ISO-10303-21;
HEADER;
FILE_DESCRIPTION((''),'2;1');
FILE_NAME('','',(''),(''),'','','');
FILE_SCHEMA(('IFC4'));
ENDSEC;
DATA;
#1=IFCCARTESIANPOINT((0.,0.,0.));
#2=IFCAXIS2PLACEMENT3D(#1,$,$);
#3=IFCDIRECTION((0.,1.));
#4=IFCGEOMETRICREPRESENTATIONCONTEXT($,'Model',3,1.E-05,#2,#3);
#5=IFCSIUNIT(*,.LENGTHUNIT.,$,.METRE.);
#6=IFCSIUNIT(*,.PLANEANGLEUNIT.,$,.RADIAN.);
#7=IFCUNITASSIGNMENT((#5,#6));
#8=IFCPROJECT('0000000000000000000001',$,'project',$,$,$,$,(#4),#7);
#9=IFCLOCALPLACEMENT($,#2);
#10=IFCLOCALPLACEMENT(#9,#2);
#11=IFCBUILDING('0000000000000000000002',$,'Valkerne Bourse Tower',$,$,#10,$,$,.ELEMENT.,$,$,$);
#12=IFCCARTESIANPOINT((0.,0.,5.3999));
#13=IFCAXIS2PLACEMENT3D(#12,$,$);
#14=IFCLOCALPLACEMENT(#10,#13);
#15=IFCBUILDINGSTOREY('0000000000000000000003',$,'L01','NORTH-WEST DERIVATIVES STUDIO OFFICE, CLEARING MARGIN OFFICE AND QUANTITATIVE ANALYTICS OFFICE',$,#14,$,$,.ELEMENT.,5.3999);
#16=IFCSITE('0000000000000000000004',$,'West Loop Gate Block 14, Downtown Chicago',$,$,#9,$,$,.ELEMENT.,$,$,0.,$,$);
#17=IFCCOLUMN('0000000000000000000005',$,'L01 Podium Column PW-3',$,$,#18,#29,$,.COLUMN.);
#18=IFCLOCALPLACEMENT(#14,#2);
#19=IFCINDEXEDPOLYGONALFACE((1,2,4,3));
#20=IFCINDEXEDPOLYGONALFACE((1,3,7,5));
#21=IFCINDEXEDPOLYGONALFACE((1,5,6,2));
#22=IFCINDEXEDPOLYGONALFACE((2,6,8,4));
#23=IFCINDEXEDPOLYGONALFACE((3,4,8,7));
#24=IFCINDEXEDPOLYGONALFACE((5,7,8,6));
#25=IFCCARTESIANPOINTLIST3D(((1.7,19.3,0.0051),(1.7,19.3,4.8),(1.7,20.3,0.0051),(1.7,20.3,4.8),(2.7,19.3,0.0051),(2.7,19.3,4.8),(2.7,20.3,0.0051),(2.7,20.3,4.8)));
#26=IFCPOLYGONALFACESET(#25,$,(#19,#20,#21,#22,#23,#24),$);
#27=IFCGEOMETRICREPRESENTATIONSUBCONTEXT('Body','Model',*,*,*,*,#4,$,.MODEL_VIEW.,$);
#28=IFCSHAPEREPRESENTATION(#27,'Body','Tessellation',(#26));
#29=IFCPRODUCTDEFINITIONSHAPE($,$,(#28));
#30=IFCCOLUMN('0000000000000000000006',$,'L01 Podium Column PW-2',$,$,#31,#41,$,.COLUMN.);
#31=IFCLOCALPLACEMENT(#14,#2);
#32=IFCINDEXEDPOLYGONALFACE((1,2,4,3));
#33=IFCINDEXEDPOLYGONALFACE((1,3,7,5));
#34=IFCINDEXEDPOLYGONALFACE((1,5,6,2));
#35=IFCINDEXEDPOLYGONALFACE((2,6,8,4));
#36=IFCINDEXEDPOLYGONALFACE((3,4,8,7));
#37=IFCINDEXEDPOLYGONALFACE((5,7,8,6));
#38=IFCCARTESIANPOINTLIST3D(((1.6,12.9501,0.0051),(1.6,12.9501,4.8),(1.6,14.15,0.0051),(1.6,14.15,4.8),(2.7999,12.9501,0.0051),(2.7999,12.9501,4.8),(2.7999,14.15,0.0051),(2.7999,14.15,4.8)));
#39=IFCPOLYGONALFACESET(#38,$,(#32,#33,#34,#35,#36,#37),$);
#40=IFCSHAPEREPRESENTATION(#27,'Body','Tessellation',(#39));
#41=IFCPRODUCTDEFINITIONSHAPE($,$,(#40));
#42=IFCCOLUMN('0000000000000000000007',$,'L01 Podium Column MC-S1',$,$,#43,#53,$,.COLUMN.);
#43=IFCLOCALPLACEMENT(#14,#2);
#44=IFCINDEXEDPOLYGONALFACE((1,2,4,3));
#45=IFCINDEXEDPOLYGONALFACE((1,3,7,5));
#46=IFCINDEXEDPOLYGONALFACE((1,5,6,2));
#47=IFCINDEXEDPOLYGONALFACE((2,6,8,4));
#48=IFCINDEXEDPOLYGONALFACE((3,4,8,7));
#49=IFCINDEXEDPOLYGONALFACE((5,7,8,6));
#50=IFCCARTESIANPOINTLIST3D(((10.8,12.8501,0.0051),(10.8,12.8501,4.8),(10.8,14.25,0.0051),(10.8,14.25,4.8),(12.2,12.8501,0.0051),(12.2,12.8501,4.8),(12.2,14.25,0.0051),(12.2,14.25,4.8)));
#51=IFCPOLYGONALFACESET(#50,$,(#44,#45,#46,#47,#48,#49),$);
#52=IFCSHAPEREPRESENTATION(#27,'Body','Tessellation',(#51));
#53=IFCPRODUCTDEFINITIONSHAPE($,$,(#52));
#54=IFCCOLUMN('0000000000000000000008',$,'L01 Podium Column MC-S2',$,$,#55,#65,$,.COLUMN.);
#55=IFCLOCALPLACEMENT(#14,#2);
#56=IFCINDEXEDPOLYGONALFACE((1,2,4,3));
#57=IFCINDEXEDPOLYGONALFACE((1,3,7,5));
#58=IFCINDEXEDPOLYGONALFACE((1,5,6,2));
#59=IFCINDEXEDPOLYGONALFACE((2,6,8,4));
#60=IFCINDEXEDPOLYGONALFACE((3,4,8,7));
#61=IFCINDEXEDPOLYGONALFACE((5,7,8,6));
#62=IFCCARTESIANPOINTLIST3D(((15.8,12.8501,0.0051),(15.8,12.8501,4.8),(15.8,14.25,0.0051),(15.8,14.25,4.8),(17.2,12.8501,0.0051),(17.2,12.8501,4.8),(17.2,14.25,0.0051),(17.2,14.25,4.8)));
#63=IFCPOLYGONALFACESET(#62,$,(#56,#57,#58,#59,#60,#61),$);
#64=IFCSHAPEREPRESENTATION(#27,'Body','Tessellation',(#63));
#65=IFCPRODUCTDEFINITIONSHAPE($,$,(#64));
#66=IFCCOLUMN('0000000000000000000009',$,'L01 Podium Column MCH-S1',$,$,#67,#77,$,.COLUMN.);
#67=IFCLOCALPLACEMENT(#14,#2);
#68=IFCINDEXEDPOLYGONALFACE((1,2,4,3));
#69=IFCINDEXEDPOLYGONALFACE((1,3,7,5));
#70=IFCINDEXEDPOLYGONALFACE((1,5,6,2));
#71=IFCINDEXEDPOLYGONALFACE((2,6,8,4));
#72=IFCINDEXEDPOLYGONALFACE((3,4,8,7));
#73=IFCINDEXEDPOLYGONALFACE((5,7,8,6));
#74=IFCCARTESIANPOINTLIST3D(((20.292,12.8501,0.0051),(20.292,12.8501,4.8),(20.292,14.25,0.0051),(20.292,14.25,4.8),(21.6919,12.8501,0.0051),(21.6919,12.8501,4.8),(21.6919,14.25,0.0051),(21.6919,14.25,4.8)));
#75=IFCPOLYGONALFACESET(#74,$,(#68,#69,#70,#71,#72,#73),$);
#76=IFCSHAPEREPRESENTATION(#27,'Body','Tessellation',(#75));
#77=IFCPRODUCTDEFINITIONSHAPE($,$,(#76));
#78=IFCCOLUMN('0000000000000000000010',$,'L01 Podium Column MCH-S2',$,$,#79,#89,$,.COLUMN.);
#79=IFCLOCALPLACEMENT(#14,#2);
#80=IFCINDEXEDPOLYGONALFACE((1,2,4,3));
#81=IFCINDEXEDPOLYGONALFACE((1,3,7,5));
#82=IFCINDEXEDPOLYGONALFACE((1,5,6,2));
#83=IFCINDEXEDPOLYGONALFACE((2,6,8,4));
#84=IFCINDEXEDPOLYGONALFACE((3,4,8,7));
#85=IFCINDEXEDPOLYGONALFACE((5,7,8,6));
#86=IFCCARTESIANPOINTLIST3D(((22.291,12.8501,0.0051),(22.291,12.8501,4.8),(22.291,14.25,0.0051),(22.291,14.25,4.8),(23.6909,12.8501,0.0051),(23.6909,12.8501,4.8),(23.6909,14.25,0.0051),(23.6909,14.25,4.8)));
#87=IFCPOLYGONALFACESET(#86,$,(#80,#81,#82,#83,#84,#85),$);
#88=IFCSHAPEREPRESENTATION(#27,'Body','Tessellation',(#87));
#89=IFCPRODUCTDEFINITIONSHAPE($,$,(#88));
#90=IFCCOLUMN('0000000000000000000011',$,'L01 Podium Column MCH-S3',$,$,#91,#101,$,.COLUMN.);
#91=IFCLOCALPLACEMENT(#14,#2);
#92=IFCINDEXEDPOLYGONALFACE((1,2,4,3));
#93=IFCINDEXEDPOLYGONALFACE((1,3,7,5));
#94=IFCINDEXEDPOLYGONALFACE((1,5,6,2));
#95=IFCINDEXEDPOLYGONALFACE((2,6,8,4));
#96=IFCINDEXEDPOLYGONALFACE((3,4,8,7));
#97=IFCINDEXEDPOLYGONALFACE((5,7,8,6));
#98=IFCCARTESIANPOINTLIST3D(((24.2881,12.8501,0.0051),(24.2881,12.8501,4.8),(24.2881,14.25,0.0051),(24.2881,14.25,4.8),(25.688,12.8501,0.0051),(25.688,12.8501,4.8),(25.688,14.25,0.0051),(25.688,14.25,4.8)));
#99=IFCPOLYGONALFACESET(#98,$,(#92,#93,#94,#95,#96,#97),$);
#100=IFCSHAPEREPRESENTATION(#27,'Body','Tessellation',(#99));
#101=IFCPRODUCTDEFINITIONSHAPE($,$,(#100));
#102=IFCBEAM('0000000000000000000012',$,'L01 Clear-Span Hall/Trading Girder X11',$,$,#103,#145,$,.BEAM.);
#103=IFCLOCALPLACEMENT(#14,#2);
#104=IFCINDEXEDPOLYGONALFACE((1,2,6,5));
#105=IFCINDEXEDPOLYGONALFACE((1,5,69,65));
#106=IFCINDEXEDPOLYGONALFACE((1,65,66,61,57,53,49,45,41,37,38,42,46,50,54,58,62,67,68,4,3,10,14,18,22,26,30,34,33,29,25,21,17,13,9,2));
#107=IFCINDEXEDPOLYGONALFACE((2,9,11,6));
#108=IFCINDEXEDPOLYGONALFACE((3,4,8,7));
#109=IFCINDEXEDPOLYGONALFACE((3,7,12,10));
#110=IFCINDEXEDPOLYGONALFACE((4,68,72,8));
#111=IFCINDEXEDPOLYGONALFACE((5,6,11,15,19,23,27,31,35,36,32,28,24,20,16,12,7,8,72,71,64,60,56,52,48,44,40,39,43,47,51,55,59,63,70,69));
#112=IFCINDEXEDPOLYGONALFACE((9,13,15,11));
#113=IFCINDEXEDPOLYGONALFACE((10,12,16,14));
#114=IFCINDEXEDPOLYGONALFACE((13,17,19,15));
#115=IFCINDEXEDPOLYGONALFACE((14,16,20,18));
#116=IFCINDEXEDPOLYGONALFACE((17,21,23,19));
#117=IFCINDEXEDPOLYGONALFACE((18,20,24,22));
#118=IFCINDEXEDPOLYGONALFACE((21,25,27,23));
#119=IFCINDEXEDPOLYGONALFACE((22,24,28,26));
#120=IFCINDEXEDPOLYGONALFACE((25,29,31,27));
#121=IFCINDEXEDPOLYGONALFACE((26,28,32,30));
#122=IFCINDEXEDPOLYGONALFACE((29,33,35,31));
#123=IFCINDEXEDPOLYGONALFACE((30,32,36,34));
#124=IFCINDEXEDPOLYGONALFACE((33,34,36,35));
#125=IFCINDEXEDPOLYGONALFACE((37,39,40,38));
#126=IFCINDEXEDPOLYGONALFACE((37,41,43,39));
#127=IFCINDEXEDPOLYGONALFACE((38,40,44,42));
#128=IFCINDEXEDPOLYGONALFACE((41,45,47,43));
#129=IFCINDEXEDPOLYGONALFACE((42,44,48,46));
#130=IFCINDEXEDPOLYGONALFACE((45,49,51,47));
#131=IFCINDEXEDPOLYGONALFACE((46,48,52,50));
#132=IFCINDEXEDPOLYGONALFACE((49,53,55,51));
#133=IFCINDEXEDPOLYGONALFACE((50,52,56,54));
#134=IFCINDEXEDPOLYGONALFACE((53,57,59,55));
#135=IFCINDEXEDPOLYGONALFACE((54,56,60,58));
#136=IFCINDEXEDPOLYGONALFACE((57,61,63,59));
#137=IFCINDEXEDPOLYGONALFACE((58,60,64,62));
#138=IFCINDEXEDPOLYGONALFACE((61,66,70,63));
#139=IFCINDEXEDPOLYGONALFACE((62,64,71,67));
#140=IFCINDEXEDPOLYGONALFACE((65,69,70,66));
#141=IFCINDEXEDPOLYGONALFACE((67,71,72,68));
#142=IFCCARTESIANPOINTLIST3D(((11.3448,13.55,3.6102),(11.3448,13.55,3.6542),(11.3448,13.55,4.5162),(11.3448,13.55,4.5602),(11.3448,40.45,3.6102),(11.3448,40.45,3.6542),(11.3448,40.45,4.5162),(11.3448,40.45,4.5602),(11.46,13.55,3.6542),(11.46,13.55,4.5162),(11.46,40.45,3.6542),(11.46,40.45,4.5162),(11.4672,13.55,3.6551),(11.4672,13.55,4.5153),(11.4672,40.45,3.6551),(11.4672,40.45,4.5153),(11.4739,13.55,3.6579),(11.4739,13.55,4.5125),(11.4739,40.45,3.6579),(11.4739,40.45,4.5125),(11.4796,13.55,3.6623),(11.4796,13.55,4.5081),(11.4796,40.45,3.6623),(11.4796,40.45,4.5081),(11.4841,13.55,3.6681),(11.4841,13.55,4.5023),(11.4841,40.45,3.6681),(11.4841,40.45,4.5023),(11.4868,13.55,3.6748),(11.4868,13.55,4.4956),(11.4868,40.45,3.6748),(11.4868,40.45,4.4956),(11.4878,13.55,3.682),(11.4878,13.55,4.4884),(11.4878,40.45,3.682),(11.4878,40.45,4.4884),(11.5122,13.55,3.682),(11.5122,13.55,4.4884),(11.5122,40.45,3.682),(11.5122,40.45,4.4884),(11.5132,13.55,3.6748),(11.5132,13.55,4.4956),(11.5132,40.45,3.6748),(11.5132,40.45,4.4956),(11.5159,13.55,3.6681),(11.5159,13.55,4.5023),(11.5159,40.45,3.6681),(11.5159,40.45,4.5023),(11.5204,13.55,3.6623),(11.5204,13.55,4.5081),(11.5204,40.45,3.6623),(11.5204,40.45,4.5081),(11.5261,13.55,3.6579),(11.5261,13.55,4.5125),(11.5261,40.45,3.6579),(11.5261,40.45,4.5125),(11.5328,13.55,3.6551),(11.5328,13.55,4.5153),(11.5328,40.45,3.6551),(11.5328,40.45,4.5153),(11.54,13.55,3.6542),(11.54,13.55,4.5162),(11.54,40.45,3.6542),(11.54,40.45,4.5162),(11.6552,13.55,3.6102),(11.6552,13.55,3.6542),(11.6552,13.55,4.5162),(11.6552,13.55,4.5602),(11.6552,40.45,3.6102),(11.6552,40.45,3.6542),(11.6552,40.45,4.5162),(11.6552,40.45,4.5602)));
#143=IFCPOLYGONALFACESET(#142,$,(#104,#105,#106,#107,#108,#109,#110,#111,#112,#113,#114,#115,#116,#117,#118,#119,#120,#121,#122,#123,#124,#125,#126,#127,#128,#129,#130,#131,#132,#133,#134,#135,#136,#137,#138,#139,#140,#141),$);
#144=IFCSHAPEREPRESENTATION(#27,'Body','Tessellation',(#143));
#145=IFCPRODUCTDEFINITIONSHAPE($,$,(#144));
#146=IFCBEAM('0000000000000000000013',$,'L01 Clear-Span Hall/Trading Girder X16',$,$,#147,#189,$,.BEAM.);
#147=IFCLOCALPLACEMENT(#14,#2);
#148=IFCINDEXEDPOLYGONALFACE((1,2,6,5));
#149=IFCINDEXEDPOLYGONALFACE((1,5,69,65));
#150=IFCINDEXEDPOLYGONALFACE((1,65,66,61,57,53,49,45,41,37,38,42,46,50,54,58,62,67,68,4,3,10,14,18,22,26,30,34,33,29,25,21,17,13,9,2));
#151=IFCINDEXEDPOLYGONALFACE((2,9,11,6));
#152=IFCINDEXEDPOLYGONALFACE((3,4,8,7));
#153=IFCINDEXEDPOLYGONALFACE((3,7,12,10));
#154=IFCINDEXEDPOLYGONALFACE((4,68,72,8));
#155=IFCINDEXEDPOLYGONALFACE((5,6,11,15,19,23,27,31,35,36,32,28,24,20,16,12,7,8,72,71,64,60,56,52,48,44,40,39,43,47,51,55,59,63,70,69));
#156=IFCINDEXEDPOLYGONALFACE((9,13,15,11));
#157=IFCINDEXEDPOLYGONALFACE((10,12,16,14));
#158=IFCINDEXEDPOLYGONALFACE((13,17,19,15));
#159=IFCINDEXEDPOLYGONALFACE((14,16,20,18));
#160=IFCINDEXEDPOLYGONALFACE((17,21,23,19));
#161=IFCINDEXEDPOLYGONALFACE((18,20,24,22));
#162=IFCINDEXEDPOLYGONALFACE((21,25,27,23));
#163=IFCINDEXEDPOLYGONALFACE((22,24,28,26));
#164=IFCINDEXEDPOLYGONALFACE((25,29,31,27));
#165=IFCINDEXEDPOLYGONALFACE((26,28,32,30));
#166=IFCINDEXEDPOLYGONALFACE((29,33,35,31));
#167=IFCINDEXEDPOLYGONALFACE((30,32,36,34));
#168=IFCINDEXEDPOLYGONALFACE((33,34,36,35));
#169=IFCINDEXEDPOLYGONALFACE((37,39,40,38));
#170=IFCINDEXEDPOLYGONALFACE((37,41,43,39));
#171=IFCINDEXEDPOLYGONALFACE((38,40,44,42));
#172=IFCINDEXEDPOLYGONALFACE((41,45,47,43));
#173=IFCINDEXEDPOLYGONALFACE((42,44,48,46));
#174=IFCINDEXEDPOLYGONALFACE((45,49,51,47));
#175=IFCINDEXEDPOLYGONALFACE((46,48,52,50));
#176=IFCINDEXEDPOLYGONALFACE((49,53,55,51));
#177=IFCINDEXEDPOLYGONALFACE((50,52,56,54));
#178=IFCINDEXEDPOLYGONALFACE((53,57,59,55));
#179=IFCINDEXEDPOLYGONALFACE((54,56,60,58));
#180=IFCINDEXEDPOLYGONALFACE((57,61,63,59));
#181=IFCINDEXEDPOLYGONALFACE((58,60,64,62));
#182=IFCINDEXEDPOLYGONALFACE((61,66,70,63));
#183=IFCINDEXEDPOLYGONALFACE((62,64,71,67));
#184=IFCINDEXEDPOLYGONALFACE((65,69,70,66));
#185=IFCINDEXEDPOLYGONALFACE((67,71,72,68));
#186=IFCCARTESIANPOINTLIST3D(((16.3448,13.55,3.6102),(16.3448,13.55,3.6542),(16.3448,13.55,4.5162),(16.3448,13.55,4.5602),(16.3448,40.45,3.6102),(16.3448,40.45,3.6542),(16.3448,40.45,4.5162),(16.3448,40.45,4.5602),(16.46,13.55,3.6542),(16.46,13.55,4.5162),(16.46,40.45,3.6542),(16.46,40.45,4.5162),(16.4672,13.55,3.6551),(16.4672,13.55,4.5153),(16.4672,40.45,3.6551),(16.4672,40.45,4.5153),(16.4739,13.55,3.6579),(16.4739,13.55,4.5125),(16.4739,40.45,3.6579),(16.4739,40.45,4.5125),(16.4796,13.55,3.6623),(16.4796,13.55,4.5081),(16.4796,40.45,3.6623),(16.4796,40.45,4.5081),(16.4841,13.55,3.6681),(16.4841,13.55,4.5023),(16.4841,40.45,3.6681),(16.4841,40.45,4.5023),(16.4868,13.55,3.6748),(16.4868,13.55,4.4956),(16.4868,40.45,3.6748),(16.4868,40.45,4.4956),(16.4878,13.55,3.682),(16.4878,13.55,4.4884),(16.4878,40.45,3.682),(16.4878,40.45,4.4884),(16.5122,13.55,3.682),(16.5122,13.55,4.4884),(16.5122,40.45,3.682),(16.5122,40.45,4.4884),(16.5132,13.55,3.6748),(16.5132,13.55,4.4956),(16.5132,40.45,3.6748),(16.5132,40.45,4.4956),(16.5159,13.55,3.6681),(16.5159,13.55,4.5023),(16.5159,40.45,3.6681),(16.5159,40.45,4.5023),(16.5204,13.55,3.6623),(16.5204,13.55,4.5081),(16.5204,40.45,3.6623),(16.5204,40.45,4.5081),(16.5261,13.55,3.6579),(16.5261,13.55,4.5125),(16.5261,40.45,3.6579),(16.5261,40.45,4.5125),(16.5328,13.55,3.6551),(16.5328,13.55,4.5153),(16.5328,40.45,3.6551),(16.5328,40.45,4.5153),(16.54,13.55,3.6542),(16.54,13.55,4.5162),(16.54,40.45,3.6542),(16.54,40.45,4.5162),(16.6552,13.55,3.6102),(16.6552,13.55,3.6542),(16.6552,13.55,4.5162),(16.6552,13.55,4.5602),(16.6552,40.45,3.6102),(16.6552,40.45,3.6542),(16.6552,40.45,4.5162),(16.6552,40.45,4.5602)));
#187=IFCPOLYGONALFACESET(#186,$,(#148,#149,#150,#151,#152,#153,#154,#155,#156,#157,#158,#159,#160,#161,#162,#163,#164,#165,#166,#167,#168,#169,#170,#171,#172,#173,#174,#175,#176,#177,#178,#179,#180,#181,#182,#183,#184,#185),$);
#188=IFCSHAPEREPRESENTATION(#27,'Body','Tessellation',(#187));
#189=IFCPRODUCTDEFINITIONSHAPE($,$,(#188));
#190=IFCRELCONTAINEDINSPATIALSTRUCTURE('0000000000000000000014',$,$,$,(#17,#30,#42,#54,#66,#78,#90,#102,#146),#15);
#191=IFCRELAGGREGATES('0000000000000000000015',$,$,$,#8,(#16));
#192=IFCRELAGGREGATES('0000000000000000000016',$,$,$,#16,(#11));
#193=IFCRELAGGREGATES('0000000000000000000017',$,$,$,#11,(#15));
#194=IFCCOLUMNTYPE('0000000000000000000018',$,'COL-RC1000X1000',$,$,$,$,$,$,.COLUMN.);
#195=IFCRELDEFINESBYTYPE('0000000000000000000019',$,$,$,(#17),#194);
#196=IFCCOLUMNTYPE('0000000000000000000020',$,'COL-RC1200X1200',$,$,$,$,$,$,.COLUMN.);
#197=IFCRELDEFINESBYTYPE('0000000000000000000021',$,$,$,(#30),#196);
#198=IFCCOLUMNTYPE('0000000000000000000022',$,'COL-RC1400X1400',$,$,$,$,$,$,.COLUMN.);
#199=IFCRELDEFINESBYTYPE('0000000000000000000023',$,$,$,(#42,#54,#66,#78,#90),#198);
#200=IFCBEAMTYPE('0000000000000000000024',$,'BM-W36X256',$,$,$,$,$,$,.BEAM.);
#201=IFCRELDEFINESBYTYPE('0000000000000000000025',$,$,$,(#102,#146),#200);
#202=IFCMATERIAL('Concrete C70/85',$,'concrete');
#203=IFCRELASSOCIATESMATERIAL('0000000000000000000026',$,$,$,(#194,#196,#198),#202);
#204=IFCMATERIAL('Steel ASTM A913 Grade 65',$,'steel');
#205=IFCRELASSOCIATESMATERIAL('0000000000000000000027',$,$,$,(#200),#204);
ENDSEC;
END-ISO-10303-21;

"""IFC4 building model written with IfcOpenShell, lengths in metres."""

from ifc_helpers import new_model, si_unit, direction, frame, origin, origin_2d, place, context, subcontext, project, spatial, rectangle, i_section, extrude, material, material_profile, profile_set, type_object, element, save


model = new_model("IFC4")

# Units and contexts
model_context = context("Model", 3, precision=1e-05, world=origin(), true_north=direction((0.0, 1.0)))
body_context = subcontext(model_context, "Body", "Model", "MODEL_VIEW")
ifc_project = project(units=[si_unit("LENGTHUNIT", "METRE"), si_unit("PLANEANGLEUNIT", "RADIAN")], contexts=[model_context])

# Site, building, storey
site_placement = place(None, origin())
site = spatial("IfcSite", under=ifc_project, at=site_placement, Name="West Loop Gate Block 14, Downtown Chicago", CompositionType="ELEMENT", RefElevation=0.0)
building_placement = place(site_placement, origin())
building = spatial("IfcBuilding", under=site, at=building_placement, Name="Valkerne Bourse Tower", CompositionType="ELEMENT")
storey_placement = place(building_placement, frame((0.0, 0.0, 5.3999)))
storey = spatial("IfcBuildingStorey", under=building, at=storey_placement, Name="L01", Description="NORTH-WEST DERIVATIVES STUDIO OFFICE, CLEARING MARGIN OFFICE AND QUANTITATIVE ANALYTICS OFFICE", CompositionType="ELEMENT", Elevation=5.3999)

# Columns
ifc_material_1 = material(Name="Concrete C70/85", Category="concrete")
ifc_material_profile_1 = material_profile(ifc_material_1, rectangle(XDim=1.0, YDim=1.0, at=origin_2d()), Name="RC1000X1000")
ifc_profile_set_1 = profile_set([ifc_material_profile_1], Name="Concrete C70/85")
column_type_1 = type_object("IfcColumnType", Name="COL-RC1000X1000", PredefinedType="COLUMN", material=ifc_profile_set_1)
column_1_placement = place(storey_placement, frame((2.2, 19.8, 0.0051), z_axis=(0.0, 0.0, 1.0), x_axis=(1.0, 0.0, 0.0)))
element("IfcColumn", 1, at=column_1_placement, inside=storey, type_object=column_type_1, Name="L01 Podium Column PW-3", PredefinedType="COLUMN", context=body_context, shape_type="SweptSolid", body=[
    extrude(rectangle(XDim=1.0, YDim=1.0, at=origin_2d()), origin(), (0.0, 0.0, 1.0), 4.7949),
])
ifc_material_profile_2 = material_profile(ifc_material_1, rectangle(XDim=1.2, YDim=1.2, at=origin_2d()), Name="RC1200X1200")
ifc_profile_set_2 = profile_set([ifc_material_profile_2], Name="Concrete C70/85")
column_type_2 = type_object("IfcColumnType", Name="COL-RC1200X1200", PredefinedType="COLUMN", material=ifc_profile_set_2)
column_2_placement = place(storey_placement, frame((2.2, 13.55, 0.0051), z_axis=(0.0, 0.0, 1.0), x_axis=(1.0, 0.0, 0.0)))
element("IfcColumn", 2, at=column_2_placement, inside=storey, type_object=column_type_2, Name="L01 Podium Column PW-2", PredefinedType="COLUMN", context=body_context, shape_type="SweptSolid", body=[
    extrude(rectangle(XDim=1.2, YDim=1.2, at=origin_2d()), origin(), (0.0, 0.0, 1.0), 4.7949),
])
ifc_material_profile_3 = material_profile(ifc_material_1, rectangle(XDim=1.3999, YDim=1.3999, at=origin_2d()), Name="RC1400X1400")
ifc_profile_set_3 = profile_set([ifc_material_profile_3], Name="Concrete C70/85")
column_type_3 = type_object("IfcColumnType", Name="COL-RC1400X1400", PredefinedType="COLUMN", material=ifc_profile_set_3)
for number, where, z_axis, x_axis, name in (
    (3, (11.5, 13.55, 0.0051), (0.0, 0.0, 1.0), (1.0, 0.0, 0.0), "L01 Podium Column MC-S1"),
    (4, (16.5, 13.55, 0.0051), (0.0, 0.0, 1.0), (1.0, 0.0, 0.0), "L01 Podium Column MC-S2"),
    (5, (20.9919, 13.55, 0.0051), (0.0, 0.0, 1.0), (1.0, 0.0, 0.0), "L01 Podium Column MCH-S1"),
    (6, (22.991, 13.55, 0.0051), (0.0, 0.0, 1.0), (1.0, 0.0, 0.0), "L01 Podium Column MCH-S2"),
    (7, (24.988, 13.55, 0.0051), (0.0, 0.0, 1.0), (1.0, 0.0, 0.0), "L01 Podium Column MCH-S3"),
):
    element("IfcColumn", number, at=place(storey_placement, frame(where, z_axis=z_axis, x_axis=x_axis)), inside=storey, type_object=column_type_3, Name=name, PredefinedType="COLUMN", context=body_context, shape_type="SweptSolid", body=[
        extrude(rectangle(XDim=1.3999, YDim=1.3999, at=origin_2d()), origin(), (0.0, 0.0, 1.0), 4.7949),
    ])

# Beams
ifc_material_2 = material(Name="Steel ASTM A913 Grade 65", Category="steel")
ifc_material_profile_4 = material_profile(ifc_material_2, i_section(OverallWidth=0.3103, OverallDepth=0.95, WebThickness=0.0244, FlangeThickness=0.0439, FilletRadius=0.0278, at=origin_2d()), Name="W36X256")
ifc_profile_set_4 = profile_set([ifc_material_profile_4], Name="Steel ASTM A913 Grade 65")
beam_type = type_object("IfcBeamType", Name="BM-W36X256", PredefinedType="BEAM", material=ifc_profile_set_4)
for number, where, z_axis, x_axis, name in (
    (8, (11.5, 13.55, 4.0852), (0.0, 1.0, 0.0), (-1.0, 0.0, 0.0), "L01 Clear-Span Hall/Trading Girder X11"),
    (9, (16.5, 13.55, 4.0852), (0.0, 1.0, 0.0), (-1.0, 0.0, 0.0), "L01 Clear-Span Hall/Trading Girder X16"),
):
    element("IfcBeam", number, at=place(storey_placement, frame(where, z_axis=z_axis, x_axis=x_axis)), inside=storey, type_object=beam_type, Name=name, PredefinedType="BEAM", context=body_context, shape_type="SweptSolid", body=[
        extrude(i_section(OverallWidth=0.3103, OverallDepth=0.95, WebThickness=0.0244, FlangeThickness=0.0439, FilletRadius=0.0278, at=origin_2d()), origin(), (0.0, 0.0, 1.0), 26.8999),
    ])

save(model, "model.ifc")
